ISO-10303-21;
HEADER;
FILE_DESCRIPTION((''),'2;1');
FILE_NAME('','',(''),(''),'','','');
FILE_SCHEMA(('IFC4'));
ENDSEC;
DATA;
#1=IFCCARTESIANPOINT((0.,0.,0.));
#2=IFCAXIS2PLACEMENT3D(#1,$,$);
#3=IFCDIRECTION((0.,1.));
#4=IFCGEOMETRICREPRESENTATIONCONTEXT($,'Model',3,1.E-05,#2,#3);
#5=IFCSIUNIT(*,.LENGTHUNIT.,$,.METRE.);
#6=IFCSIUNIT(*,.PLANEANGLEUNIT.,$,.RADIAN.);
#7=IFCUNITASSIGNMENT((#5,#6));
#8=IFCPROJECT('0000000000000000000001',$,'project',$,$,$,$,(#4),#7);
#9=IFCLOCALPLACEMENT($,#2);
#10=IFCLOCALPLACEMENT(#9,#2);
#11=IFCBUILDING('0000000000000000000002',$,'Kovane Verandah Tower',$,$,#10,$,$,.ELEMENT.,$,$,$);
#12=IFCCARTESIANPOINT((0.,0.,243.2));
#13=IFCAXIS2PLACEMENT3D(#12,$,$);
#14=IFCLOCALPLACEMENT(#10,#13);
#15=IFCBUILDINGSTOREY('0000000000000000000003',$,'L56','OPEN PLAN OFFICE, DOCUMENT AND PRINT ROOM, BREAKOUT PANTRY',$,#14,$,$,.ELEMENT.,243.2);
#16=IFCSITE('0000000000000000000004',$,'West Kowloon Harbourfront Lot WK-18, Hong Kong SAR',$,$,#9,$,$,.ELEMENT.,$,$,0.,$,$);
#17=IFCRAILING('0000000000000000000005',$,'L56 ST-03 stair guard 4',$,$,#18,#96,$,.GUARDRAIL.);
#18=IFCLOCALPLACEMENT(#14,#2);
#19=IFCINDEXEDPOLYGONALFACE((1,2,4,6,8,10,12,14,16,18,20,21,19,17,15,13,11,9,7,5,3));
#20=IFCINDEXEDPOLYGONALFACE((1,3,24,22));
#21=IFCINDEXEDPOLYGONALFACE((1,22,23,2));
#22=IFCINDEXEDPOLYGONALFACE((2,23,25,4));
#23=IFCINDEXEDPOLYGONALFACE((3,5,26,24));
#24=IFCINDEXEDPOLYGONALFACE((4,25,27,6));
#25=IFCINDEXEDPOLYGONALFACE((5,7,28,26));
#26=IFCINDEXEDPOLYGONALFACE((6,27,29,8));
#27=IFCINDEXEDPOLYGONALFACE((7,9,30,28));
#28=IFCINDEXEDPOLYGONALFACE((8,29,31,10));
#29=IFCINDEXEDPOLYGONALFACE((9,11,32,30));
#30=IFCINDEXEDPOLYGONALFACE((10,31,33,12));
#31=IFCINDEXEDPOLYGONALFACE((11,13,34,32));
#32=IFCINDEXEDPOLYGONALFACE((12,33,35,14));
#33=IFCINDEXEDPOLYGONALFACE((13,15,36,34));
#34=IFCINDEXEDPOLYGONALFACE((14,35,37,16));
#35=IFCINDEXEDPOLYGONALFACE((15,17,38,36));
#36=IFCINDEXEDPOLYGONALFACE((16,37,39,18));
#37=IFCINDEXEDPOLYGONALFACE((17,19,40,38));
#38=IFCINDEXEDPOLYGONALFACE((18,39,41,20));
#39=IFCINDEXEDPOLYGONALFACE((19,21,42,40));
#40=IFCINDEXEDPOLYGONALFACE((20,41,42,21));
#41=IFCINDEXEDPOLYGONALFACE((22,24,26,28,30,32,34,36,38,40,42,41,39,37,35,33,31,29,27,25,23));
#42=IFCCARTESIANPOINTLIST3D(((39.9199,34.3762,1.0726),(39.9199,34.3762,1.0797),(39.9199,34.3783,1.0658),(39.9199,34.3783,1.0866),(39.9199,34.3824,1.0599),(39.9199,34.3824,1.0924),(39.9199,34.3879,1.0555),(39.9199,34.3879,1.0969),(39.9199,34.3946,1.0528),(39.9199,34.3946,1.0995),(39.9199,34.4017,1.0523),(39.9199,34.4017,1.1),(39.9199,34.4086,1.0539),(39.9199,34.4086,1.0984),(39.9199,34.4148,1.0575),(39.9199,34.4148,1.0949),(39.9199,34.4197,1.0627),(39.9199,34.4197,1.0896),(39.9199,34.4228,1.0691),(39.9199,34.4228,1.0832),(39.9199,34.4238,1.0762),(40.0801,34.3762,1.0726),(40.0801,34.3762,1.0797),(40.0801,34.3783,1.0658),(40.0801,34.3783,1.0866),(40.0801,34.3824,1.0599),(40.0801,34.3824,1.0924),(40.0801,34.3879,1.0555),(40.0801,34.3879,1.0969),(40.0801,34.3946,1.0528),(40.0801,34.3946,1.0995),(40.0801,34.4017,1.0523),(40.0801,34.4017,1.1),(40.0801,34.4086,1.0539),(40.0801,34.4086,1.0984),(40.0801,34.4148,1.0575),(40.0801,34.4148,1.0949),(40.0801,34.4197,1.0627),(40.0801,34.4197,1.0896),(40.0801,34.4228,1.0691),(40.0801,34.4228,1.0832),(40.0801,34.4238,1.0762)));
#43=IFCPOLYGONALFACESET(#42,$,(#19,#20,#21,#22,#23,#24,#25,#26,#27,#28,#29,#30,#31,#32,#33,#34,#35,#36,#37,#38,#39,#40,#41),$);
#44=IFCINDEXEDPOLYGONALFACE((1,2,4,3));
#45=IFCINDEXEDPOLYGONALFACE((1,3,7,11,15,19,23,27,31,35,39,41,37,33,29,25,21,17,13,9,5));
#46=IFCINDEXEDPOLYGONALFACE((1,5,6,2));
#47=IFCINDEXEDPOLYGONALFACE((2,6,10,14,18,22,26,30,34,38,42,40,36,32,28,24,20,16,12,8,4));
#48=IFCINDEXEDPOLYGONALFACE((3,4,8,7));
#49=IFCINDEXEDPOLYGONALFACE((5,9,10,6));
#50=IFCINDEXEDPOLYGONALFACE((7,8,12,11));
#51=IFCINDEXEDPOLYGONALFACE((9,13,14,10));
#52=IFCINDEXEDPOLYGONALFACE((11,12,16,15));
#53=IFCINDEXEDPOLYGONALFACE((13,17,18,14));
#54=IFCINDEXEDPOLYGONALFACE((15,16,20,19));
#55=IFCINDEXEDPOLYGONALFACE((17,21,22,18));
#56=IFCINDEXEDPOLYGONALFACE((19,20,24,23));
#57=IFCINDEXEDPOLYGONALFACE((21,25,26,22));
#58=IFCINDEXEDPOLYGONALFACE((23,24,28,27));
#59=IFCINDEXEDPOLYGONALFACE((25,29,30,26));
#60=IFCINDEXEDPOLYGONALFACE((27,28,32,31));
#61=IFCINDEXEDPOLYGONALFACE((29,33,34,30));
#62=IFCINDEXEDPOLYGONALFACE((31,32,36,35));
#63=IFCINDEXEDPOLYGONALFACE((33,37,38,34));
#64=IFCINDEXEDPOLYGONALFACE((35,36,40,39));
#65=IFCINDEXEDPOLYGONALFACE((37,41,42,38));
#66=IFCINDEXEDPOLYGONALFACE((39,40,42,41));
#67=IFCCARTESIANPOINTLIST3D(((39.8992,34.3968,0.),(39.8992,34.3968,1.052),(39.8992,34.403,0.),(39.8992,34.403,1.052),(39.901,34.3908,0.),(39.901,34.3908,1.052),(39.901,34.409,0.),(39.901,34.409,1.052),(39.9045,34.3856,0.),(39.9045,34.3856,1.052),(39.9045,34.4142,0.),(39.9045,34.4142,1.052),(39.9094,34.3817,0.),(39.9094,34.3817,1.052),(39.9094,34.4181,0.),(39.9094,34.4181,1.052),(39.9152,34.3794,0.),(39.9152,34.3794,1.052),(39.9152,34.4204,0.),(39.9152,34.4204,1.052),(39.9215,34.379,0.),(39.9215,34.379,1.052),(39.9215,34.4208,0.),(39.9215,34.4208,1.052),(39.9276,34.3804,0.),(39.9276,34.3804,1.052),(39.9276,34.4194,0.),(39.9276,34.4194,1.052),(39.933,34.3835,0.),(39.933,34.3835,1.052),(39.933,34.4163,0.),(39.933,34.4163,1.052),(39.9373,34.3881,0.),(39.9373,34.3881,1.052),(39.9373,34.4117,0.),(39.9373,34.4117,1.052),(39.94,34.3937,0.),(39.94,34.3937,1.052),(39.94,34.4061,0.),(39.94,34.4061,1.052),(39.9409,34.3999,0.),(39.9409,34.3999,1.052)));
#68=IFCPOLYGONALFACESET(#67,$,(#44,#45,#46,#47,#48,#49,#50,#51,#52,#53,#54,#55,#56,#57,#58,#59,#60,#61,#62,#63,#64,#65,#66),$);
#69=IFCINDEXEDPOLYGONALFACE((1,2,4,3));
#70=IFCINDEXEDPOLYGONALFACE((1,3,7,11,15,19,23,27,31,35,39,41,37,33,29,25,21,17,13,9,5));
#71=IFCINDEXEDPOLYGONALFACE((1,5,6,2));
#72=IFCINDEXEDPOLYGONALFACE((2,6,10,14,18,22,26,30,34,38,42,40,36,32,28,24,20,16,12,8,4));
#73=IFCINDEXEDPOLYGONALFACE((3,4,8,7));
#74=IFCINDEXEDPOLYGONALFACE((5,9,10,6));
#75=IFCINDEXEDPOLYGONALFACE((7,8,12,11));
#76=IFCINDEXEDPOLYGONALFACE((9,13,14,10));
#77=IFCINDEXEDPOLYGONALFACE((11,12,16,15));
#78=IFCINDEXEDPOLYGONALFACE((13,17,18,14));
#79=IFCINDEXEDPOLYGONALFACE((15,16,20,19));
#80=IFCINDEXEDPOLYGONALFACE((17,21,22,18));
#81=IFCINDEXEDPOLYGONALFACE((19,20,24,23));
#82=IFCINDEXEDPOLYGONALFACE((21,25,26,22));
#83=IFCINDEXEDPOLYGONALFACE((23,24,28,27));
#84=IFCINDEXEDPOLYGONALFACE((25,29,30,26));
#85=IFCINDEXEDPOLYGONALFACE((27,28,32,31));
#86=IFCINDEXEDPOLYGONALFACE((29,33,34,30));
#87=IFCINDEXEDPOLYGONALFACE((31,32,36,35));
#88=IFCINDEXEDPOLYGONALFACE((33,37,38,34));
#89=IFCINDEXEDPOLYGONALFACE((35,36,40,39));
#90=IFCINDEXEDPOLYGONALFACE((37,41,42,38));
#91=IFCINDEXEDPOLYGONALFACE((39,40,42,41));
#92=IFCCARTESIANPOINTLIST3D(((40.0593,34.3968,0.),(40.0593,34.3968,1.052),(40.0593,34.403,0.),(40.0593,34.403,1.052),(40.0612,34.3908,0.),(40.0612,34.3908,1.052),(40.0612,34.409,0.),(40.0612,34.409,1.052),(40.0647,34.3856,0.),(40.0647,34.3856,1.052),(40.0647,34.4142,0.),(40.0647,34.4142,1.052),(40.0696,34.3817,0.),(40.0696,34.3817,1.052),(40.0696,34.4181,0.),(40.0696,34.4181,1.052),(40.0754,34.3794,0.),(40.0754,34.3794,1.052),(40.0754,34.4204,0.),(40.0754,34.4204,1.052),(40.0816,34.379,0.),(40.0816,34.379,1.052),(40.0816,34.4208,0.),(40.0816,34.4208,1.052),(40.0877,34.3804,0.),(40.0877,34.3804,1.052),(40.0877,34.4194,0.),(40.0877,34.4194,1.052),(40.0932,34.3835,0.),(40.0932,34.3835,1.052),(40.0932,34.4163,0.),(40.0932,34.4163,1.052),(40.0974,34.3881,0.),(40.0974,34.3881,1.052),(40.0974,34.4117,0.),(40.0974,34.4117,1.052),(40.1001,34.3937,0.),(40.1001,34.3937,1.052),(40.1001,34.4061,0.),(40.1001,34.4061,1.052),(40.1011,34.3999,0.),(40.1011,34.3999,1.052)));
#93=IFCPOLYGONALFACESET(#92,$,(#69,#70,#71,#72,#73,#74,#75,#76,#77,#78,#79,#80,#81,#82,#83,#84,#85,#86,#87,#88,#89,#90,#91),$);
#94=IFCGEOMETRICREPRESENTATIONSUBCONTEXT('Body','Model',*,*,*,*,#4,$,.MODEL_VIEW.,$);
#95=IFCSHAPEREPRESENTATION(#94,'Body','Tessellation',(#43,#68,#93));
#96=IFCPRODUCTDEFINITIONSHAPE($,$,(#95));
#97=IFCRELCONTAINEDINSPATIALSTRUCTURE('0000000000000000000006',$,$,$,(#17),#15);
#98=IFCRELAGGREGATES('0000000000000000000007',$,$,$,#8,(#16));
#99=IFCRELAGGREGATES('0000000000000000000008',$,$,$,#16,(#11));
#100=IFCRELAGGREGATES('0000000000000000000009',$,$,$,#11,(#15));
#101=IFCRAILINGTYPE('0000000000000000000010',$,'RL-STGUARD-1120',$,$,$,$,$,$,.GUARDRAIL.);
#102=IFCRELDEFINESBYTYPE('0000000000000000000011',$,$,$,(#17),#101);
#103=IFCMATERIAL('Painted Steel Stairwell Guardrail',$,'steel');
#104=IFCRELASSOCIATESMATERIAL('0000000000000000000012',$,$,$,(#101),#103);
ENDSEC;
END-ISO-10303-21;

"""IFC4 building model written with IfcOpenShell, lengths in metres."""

from ifc_helpers import new_model, si_unit, direction, frame, origin, origin_2d, place, context, subcontext, project, spatial, circle, extrude, material, type_object, element, save


model = new_model("IFC4")

# Units and contexts
model_context = context("Model", 3, precision=1e-05, world=origin(), true_north=direction((0.0, 1.0)))
body_context = subcontext(model_context, "Body", "Model", "MODEL_VIEW")
ifc_project = project(units=[si_unit("LENGTHUNIT", "METRE"), si_unit("PLANEANGLEUNIT", "RADIAN")], contexts=[model_context])

# Site, building, storey
site_placement = place(None, origin())
site = spatial("IfcSite", under=ifc_project, at=site_placement, Name="West Kowloon Harbourfront Lot WK-18, Hong Kong SAR", CompositionType="ELEMENT", RefElevation=0.0)
building_placement = place(site_placement, origin())
building = spatial("IfcBuilding", under=site, at=building_placement, Name="Kovane Verandah Tower", CompositionType="ELEMENT")
storey_placement = place(building_placement, frame((0.0, 0.0, 243.2)))
storey = spatial("IfcBuildingStorey", under=building, at=storey_placement, Name="L56", Description="OPEN PLAN OFFICE, DOCUMENT AND PRINT ROOM, BREAKOUT PANTRY", CompositionType="ELEMENT", Elevation=243.2)

# Railing
ifc_material_1 = material(Name="Painted Steel Stairwell Guardrail", Category="steel")
railing_type_1 = type_object("IfcRailingType", Name="RL-STGUARD-1120", PredefinedType="GUARDRAIL", material=ifc_material_1)
railing_1_placement = place(storey_placement, frame((39.9199, 34.3999, 0.0)))
element("IfcRailing", 1, at=railing_1_placement, inside=storey, type_object=railing_type_1, Name="L56 ST-03 stair guard 4", PredefinedType="GUARDRAIL", context=body_context, shape_type="SweptSolid", body=[
    extrude(circle(Radius=0.0239, at=origin_2d()), frame((0.0, 0.0, 1.0762), z_axis=(1.0, 0.0, 0.0), x_axis=(0.0, 1.0, 0.0)), (0.0, 0.0, 1.0), 0.1602),
    extrude(circle(Radius=0.021, at=origin_2d()), origin(), (0.0, 0.0, 1.0), 1.052),
    extrude(circle(Radius=0.021, at=origin_2d()), frame((0.1602, 0.0, 0.0)), (0.0, 0.0, 1.0), 1.052),
])

save(model, "model.ifc")
